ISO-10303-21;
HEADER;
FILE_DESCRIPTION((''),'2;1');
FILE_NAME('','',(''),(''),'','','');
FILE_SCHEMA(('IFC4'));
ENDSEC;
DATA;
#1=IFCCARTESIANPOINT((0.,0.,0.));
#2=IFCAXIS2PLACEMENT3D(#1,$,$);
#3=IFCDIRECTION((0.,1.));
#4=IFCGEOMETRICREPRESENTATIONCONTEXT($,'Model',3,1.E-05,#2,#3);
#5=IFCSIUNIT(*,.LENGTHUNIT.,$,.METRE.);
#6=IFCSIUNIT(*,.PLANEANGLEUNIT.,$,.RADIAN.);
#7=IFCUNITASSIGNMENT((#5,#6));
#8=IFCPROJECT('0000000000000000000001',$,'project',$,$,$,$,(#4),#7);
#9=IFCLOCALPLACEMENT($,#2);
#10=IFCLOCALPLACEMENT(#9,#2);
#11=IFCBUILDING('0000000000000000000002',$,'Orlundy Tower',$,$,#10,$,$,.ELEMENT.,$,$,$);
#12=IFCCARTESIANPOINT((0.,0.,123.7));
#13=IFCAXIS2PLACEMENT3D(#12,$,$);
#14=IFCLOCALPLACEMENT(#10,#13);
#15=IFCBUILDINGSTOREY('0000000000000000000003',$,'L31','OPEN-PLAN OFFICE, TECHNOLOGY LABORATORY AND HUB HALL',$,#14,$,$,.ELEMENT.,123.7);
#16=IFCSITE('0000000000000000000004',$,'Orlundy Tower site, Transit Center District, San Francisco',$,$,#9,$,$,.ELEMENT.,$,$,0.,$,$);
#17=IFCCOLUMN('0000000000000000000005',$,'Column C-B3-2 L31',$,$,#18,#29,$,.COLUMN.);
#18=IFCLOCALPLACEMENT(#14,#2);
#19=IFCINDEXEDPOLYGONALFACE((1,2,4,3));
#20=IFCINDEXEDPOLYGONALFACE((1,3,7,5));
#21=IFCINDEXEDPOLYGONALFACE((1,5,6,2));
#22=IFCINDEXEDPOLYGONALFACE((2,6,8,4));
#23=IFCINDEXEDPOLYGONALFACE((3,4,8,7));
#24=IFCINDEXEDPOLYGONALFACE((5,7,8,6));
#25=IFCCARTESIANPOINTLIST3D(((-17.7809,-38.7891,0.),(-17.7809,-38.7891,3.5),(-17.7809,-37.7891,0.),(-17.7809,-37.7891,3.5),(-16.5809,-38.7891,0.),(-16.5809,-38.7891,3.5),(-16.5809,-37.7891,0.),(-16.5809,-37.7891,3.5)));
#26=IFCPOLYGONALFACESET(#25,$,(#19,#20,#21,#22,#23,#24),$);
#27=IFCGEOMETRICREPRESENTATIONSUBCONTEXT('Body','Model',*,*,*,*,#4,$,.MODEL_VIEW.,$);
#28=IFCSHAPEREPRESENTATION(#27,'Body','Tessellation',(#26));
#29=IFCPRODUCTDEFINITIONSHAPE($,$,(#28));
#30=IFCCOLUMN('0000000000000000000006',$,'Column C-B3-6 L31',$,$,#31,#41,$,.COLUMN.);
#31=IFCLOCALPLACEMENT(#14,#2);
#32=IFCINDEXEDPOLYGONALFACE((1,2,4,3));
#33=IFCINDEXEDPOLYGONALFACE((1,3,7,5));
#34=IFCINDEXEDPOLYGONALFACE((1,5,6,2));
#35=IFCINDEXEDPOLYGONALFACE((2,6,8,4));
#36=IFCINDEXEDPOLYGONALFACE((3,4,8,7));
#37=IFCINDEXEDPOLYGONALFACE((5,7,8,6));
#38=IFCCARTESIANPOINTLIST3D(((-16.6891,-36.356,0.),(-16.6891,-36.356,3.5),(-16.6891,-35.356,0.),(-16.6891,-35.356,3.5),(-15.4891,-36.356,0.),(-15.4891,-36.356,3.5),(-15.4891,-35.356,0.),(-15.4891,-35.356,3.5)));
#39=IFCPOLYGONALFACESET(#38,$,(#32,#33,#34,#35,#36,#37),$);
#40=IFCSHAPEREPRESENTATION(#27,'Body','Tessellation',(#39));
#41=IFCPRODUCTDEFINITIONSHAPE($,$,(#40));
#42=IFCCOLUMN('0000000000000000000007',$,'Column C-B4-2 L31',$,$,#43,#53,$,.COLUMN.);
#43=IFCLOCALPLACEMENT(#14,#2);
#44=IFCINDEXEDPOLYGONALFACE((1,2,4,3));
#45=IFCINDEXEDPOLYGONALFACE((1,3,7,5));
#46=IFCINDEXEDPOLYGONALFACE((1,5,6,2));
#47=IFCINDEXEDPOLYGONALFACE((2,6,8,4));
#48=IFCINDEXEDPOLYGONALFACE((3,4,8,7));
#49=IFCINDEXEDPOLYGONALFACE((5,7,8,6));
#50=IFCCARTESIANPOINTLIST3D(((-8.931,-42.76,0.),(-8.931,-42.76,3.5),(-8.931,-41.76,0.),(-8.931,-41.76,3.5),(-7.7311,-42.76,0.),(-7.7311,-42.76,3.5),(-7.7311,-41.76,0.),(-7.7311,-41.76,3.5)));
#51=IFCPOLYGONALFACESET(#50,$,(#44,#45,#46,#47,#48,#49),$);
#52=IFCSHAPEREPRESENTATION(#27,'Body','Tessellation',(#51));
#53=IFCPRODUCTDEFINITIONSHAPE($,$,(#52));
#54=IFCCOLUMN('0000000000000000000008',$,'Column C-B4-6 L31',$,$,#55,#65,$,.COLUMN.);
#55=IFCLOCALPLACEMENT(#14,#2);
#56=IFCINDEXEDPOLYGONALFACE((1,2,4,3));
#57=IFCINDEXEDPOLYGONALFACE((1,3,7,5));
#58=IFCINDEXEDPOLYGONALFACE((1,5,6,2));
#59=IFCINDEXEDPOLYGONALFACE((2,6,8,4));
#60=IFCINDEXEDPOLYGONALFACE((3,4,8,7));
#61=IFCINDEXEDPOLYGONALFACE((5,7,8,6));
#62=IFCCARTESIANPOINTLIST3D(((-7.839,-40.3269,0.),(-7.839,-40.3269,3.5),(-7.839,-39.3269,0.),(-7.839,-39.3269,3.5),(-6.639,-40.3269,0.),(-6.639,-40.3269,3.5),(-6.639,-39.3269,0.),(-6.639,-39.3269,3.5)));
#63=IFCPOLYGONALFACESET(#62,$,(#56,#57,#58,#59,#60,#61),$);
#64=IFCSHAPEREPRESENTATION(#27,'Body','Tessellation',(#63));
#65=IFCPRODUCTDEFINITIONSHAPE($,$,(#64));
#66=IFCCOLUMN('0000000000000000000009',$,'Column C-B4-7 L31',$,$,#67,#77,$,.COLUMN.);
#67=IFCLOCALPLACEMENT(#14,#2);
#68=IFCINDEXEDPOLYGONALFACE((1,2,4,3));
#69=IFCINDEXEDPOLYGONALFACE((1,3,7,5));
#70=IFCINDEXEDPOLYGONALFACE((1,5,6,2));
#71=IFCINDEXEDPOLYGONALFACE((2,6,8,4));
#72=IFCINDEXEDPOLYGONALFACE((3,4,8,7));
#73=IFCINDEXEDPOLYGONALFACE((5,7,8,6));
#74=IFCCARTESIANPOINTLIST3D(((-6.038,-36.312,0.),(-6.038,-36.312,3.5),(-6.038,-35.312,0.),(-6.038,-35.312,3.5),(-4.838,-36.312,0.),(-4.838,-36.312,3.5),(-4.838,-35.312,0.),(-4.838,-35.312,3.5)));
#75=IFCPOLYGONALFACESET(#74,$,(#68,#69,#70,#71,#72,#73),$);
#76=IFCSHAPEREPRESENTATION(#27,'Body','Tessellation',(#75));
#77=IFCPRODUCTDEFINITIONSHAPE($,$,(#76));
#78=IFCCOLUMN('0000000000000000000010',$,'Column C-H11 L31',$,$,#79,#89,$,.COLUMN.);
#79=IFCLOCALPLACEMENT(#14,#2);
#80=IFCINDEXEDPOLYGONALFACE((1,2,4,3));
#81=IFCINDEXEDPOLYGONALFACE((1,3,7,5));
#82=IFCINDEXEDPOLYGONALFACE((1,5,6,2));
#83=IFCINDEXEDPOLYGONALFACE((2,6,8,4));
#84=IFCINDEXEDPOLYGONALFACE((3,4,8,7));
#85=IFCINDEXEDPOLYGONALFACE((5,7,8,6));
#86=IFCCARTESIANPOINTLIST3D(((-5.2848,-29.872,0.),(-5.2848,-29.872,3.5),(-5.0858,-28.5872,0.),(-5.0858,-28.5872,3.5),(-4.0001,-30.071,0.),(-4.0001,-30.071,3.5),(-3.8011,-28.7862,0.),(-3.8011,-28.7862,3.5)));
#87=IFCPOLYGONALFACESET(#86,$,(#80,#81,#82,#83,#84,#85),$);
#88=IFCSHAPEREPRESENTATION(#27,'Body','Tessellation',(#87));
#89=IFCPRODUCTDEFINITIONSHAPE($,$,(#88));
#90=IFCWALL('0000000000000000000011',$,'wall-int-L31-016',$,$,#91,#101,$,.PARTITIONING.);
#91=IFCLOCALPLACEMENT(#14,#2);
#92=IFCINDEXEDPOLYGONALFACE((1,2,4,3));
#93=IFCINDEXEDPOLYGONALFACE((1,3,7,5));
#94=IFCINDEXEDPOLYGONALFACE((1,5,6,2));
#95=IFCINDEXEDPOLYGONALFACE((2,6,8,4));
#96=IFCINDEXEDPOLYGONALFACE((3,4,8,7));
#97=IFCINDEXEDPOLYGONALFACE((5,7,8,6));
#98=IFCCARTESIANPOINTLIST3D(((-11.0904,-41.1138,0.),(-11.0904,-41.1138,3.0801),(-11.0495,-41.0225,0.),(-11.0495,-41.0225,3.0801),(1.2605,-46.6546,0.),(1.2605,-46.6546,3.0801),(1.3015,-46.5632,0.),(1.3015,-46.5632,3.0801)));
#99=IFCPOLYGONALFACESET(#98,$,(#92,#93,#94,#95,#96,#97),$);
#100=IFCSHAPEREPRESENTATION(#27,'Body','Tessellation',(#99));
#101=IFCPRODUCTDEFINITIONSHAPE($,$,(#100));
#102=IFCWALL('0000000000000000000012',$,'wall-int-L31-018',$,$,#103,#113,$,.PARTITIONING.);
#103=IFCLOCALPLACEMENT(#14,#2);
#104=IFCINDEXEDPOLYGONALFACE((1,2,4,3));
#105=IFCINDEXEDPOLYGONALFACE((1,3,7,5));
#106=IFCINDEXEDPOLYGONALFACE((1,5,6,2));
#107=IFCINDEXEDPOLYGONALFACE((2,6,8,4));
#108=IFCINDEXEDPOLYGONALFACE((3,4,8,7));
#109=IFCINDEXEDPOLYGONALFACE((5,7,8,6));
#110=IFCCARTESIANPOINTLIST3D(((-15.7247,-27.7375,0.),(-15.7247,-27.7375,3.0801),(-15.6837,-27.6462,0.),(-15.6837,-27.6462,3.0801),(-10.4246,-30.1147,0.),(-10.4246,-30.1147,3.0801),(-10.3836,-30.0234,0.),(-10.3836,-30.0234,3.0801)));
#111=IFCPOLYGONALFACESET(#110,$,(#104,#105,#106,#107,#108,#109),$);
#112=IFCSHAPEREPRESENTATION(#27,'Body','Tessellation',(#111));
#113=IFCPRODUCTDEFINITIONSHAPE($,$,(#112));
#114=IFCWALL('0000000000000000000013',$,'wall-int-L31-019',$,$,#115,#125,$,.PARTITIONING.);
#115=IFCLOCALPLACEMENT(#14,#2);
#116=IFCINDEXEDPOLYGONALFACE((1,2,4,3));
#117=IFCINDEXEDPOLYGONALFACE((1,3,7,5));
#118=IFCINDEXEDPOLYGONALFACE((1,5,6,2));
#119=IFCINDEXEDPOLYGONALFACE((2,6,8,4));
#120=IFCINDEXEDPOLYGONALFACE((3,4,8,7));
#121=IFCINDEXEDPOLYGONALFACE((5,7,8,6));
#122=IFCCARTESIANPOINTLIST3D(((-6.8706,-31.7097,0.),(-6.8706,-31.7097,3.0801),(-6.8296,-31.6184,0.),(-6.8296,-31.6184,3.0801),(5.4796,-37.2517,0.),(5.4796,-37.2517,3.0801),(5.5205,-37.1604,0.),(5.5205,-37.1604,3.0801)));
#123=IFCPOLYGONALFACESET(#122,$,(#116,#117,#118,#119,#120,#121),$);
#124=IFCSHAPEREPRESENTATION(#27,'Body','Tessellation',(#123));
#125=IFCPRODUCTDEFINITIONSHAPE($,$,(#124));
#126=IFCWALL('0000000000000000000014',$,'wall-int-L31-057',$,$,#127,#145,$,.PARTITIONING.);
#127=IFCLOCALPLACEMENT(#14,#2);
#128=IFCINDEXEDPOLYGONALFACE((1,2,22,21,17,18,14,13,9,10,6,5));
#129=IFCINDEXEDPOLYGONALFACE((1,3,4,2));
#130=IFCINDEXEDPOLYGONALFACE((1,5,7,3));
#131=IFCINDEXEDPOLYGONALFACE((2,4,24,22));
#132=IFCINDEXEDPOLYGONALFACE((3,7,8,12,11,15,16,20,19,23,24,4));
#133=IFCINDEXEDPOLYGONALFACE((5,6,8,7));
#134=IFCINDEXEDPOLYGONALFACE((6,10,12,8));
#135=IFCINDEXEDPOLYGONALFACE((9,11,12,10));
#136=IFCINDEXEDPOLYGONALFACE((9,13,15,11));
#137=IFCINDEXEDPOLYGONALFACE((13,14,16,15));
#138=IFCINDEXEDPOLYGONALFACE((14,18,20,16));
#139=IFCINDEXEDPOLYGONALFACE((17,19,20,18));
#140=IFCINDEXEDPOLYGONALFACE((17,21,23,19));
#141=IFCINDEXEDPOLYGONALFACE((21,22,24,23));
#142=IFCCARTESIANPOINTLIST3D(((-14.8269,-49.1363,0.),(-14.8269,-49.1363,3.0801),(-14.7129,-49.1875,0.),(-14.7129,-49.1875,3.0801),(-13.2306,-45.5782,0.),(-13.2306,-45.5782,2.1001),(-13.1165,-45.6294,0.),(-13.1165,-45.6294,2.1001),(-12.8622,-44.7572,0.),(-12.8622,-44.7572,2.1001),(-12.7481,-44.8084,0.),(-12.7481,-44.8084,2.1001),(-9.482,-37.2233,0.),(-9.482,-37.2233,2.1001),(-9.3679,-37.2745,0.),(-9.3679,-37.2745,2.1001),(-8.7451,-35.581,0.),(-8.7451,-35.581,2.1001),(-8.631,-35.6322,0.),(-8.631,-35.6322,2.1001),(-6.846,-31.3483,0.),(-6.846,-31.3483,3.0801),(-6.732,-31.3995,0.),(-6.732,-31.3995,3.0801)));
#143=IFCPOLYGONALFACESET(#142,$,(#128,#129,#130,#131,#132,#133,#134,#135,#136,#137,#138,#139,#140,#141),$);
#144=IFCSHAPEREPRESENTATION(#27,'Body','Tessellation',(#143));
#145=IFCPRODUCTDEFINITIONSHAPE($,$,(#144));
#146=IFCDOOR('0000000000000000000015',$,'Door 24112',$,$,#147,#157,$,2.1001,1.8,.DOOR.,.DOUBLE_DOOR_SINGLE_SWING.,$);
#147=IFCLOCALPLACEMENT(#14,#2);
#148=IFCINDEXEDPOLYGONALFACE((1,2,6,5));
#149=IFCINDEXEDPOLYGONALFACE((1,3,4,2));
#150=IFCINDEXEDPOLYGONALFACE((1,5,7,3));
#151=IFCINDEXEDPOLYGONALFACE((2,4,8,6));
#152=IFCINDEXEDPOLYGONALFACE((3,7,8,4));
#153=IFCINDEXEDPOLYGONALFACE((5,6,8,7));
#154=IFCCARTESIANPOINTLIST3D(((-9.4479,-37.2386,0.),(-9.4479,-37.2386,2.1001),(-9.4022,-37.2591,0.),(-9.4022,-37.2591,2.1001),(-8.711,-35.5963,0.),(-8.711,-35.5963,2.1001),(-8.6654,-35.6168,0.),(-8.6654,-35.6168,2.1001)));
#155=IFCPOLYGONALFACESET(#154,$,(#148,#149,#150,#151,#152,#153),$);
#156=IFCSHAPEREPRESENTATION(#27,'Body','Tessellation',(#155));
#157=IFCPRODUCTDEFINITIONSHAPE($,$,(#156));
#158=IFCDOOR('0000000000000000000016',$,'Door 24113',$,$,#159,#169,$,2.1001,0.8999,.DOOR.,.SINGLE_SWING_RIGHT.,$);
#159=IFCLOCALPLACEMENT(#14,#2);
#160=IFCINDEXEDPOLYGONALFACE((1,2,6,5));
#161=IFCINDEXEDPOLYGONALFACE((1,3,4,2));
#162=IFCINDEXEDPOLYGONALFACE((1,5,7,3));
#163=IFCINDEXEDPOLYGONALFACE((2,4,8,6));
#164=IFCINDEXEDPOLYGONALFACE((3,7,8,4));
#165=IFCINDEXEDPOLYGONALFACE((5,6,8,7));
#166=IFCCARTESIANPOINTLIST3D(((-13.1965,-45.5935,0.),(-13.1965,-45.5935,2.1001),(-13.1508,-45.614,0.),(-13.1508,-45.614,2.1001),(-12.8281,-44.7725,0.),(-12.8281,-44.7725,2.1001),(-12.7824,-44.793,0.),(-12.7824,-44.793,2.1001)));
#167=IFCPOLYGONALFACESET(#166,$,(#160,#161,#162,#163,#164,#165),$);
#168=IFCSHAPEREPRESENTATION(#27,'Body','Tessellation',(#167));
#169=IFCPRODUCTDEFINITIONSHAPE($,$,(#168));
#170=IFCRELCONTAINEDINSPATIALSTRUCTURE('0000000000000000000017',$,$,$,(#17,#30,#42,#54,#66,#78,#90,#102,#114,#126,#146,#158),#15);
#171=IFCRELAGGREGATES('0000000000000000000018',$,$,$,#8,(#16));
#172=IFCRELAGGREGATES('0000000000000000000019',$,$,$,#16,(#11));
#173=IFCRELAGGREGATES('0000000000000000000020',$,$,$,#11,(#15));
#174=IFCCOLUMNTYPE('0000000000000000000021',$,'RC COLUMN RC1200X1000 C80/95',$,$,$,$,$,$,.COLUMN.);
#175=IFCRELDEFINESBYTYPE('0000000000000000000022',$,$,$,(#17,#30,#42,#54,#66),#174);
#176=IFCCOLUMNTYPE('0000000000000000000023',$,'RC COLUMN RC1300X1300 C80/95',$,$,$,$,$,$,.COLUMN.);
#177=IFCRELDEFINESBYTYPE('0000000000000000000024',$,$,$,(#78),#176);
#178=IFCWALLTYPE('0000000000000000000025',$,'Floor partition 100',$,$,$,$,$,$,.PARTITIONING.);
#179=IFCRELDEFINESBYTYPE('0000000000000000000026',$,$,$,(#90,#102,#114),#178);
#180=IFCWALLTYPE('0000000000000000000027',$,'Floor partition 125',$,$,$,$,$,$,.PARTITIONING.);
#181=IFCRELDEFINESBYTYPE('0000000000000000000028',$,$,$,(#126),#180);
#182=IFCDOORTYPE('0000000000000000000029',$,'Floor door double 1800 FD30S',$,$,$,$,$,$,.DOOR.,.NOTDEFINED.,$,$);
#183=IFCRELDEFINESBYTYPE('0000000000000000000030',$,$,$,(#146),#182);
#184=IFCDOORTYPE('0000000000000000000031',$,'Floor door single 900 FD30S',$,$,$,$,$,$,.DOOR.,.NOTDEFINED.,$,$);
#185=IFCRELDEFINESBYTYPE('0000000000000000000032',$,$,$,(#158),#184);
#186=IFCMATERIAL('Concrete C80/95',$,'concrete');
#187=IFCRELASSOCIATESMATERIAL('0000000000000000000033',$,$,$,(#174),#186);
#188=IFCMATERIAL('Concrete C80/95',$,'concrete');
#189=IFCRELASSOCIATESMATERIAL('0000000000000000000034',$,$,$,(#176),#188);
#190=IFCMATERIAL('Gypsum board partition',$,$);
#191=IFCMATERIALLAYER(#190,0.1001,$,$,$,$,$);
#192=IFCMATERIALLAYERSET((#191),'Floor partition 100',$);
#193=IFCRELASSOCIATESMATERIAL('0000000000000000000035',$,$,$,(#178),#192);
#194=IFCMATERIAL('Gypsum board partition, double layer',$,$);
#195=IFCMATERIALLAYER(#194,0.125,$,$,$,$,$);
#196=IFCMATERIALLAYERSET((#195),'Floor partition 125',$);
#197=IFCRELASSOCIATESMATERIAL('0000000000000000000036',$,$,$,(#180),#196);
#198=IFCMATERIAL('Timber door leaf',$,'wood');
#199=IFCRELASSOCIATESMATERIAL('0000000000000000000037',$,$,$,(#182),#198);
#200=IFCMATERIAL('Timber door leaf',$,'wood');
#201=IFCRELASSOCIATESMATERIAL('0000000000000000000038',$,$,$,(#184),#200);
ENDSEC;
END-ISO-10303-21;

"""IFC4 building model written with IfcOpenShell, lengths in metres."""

from ifc_helpers import new_model, si_unit, direction, frame, frame_2d, origin, origin_2d, place, context, subcontext, project, spatial, rectangle, extrude, material, layer, layer_set, material_profile, profile_set, type_object, element, fill, save


model = new_model("IFC4")

# Units and contexts
model_context = context("Model", 3, precision=1e-05, world=origin(), true_north=direction((0.0, 1.0)))
body_context = subcontext(model_context, "Body", "Model", "MODEL_VIEW")
ifc_project = project(units=[si_unit("LENGTHUNIT", "METRE"), si_unit("PLANEANGLEUNIT", "RADIAN")], contexts=[model_context])

# Site, building, storey
site_placement = place(None, origin())
site = spatial("IfcSite", under=ifc_project, at=site_placement, Name="Orlundy Tower site, Transit Center District, San Francisco", CompositionType="ELEMENT", RefElevation=0.0)
building_placement = place(site_placement, origin())
building = spatial("IfcBuilding", under=site, at=building_placement, Name="Orlundy Tower", CompositionType="ELEMENT")
storey_placement = place(building_placement, frame((0.0, 0.0, 123.7)))
storey = spatial("IfcBuildingStorey", under=building, at=storey_placement, Name="L31", Description="OPEN-PLAN OFFICE, TECHNOLOGY LABORATORY AND HUB HALL", CompositionType="ELEMENT", Elevation=123.7)

# Columns
ifc_material_1 = material(Name="Concrete C80/95", Category="concrete")
ifc_material_profile_1 = material_profile(ifc_material_1, rectangle(XDim=1.2, YDim=1.0, at=origin_2d()), Name="RC1200X1000")
ifc_profile_set_1 = profile_set([ifc_material_profile_1], Name="Concrete C80/95")
column_type_1 = type_object("IfcColumnType", Name="RC COLUMN RC1200X1000 C80/95", PredefinedType="COLUMN", material=ifc_profile_set_1)
for number, where, z_axis, x_axis, name in (
    (1, (-17.1809, -38.2891, 0.0), (0.0, 0.0, 1.0), (1.0, 0.0, 0.0), "Column C-B3-2 L31"),
    (2, (-16.0891, -35.856, 0.0), (0.0, 0.0, 1.0), (1.0, 0.0, 0.0), "Column C-B3-6 L31"),
    (3, (-8.3311, -42.26, 0.0), (0.0, 0.0, 1.0), (1.0, 0.0, 0.0), "Column C-B4-2 L31"),
    (4, (-7.239, -39.8269, 0.0), (0.0, 0.0, 1.0), (1.0, 0.0, 0.0), "Column C-B4-6 L31"),
    (5, (-5.438, -35.812, 0.0), (0.0, 0.0, 1.0), (1.0, 0.0, 0.0), "Column C-B4-7 L31"),
):
    element("IfcColumn", number, at=place(storey_placement, frame(where, z_axis=z_axis, x_axis=x_axis)), inside=storey, type_object=column_type_1, Name=name, PredefinedType="COLUMN", context=body_context, shape_type="SweptSolid", body=[
        extrude(rectangle(XDim=1.2, YDim=1.0, at=origin_2d()), origin(), (0.0, 0.0, 1.0), 3.5),
    ])
ifc_material_2 = material(Name="Concrete C80/95", Category="concrete")
ifc_material_profile_2 = material_profile(ifc_material_2, rectangle(XDim=1.3, YDim=1.3, at=origin_2d()), Name="RC1300X1300")
ifc_profile_set_2 = profile_set([ifc_material_profile_2], Name="Concrete C80/95")
column_type_2 = type_object("IfcColumnType", Name="RC COLUMN RC1300X1300 C80/95", PredefinedType="COLUMN", material=ifc_profile_set_2)
column_placement = place(storey_placement, frame((-4.543, -29.3291, 0.0), z_axis=(0.0, 0.0, 1.0), x_axis=(-0.153072, -0.988215, 0.0)))
element("IfcColumn", 6, at=column_placement, inside=storey, type_object=column_type_2, Name="Column C-H11 L31", PredefinedType="COLUMN", context=body_context, shape_type="SweptSolid", body=[
    extrude(rectangle(XDim=1.3, YDim=1.3, at=origin_2d()), origin(), (0.0, 0.0, 1.0), 3.5),
])

# Walls
ifc_material_3 = material(Name="Gypsum board partition")
ifc_layer_1 = layer(ifc_material_3, 0.1001)
ifc_layer_set_1 = layer_set([ifc_layer_1], Name="Floor partition 100")
wall_type_1 = type_object("IfcWallType", Name="Floor partition 100", PredefinedType="PARTITIONING", material=ifc_layer_set_1)
wall_1_placement = place(storey_placement, frame((-11.0701, -41.0681, 0.0), z_axis=(0.0, 0.0, 1.0), x_axis=(0.912397, -0.409307, 0.0)))
element("IfcWall", 7, at=wall_1_placement, inside=storey, type_object=wall_type_1, Name="wall-int-L31-016", PredefinedType="PARTITIONING", context=body_context, shape_type="SweptSolid", body=[
    extrude(rectangle(XDim=13.5369, YDim=0.1001, at=frame_2d((6.7686, 0.0))), origin(), (0.0, 0.0, 1.0), 3.0801),
])
wall_2_placement = place(storey_placement, frame((-15.7041, -27.6919, 0.0), z_axis=(0.0, 0.0, 1.0), x_axis=(0.912425, -0.409244, 0.0)))
element("IfcWall", 8, at=wall_2_placement, inside=storey, type_object=wall_type_1, Name="wall-int-L31-018", PredefinedType="PARTITIONING", context=body_context, shape_type="SweptSolid", body=[
    extrude(rectangle(XDim=5.8088, YDim=0.1001, at=frame_2d((2.9043, 0.0))), origin(), (0.0, 0.0, 1.0), 3.0801),
])
wall_3_placement = place(storey_placement, frame((-6.8501, -31.6641, 0.0), z_axis=(0.0, 0.0, 1.0), x_axis=(0.912351, -0.409409, 0.0)))
element("IfcWall", 9, at=wall_3_placement, inside=storey, type_object=wall_type_1, Name="wall-int-L31-019", PredefinedType="PARTITIONING", context=body_context, shape_type="SweptSolid", body=[
    extrude(rectangle(XDim=13.5366, YDim=0.1001, at=frame_2d((6.7683, 0.0))), origin(), (0.0, 0.0, 1.0), 3.0801),
])

# Wall, openings, doors
ifc_material_4 = material(Name="Gypsum board partition, double layer")
ifc_layer_2 = layer(ifc_material_4, 0.125)
ifc_layer_set_2 = layer_set([ifc_layer_2], Name="Floor partition 125")
wall_type_2 = type_object("IfcWallType", Name="Floor partition 125", PredefinedType="PARTITIONING", material=ifc_layer_set_2)
wall_4_placement = place(storey_placement, frame((-6.7891, -31.374, 0.0), z_axis=(0.0, 0.0, 1.0), x_axis=(-0.409354, -0.912375, 0.0)))
wall_4 = element("IfcWall", 10, at=wall_4_placement, inside=storey, type_object=wall_type_2, Name="wall-int-L31-057", PredefinedType="PARTITIONING", context=body_context, shape_type="SweptSolid", body=[
    extrude(rectangle(XDim=19.4963, YDim=0.125, at=frame_2d((9.748, 0.0))), origin(), (0.0, 0.0, 1.0), 3.0801),
])
opening_1_placement = place(wall_4_placement, frame((4.6392, 0.0, 0.0)))
opening_1 = element("IfcOpeningElement", 11, at=opening_1_placement, cuts=wall_4, PredefinedType="OPENING", context=body_context, shape_type="SweptSolid", body=[
    extrude(rectangle(XDim=1.8, YDim=2.1001, at=frame_2d((0.8999, 1.05))), frame((0.0, 0.0725, 0.0), z_axis=(0.0, -1.0, 0.0), x_axis=(1.0, 0.0, 0.0)), (0.0, 0.0, 1.0), 0.145),
])
opening_2_placement = place(wall_4_placement, frame((14.6965, 0.0, 0.0)))
opening_2 = element("IfcOpeningElement", 12, at=opening_2_placement, cuts=wall_4, PredefinedType="OPENING", context=body_context, shape_type="SweptSolid", body=[
    extrude(rectangle(XDim=0.8999, YDim=2.1001, at=frame_2d((0.45, 1.05))), frame((0.0, 0.0725, 0.0), z_axis=(0.0, -1.0, 0.0), x_axis=(1.0, 0.0, 0.0)), (0.0, 0.0, 1.0), 0.145),
])
ifc_material_5 = material(Name="Timber door leaf", Category="wood")
door_type_1 = type_object("IfcDoorType", Name="Floor door double 1800 FD30S", OperationType="NOTDEFINED", PredefinedType="DOOR", material=ifc_material_5)
door_1_placement = place(opening_1_placement, origin())
door_1 = element("IfcDoor", 13, at=door_1_placement, inside=storey, type_object=door_type_1, Name="Door 24112", OperationType="DOUBLE_DOOR_SINGLE_SWING", OverallHeight=2.1001, OverallWidth=1.8, PredefinedType="DOOR", context=body_context, shape_type="SweptSolid", body=[
    extrude(rectangle(XDim=1.8, YDim=2.1001, at=frame_2d((0.8999, 1.05))), frame((0.0, 0.0249, 0.0), z_axis=(0.0, -1.0, 0.0), x_axis=(1.0, 0.0, 0.0)), (0.0, 0.0, 1.0), 0.05),
])
fill(opening_1, door_1)
ifc_material_6 = material(Name="Timber door leaf", Category="wood")
door_type_2 = type_object("IfcDoorType", Name="Floor door single 900 FD30S", OperationType="NOTDEFINED", PredefinedType="DOOR", material=ifc_material_6)
door_2_placement = place(opening_2_placement, origin())
door_2 = element("IfcDoor", 14, at=door_2_placement, inside=storey, type_object=door_type_2, Name="Door 24113", OperationType="SINGLE_SWING_RIGHT", OverallHeight=2.1001, OverallWidth=0.8999, PredefinedType="DOOR", context=body_context, shape_type="SweptSolid", body=[
    extrude(rectangle(XDim=0.8999, YDim=2.1001, at=frame_2d((0.45, 1.05))), frame((0.0, 0.0249, 0.0), z_axis=(0.0, -1.0, 0.0), x_axis=(1.0, 0.0, 0.0)), (0.0, 0.0, 1.0), 0.05),
])
fill(opening_2, door_2)

save(model, "model.ifc")
